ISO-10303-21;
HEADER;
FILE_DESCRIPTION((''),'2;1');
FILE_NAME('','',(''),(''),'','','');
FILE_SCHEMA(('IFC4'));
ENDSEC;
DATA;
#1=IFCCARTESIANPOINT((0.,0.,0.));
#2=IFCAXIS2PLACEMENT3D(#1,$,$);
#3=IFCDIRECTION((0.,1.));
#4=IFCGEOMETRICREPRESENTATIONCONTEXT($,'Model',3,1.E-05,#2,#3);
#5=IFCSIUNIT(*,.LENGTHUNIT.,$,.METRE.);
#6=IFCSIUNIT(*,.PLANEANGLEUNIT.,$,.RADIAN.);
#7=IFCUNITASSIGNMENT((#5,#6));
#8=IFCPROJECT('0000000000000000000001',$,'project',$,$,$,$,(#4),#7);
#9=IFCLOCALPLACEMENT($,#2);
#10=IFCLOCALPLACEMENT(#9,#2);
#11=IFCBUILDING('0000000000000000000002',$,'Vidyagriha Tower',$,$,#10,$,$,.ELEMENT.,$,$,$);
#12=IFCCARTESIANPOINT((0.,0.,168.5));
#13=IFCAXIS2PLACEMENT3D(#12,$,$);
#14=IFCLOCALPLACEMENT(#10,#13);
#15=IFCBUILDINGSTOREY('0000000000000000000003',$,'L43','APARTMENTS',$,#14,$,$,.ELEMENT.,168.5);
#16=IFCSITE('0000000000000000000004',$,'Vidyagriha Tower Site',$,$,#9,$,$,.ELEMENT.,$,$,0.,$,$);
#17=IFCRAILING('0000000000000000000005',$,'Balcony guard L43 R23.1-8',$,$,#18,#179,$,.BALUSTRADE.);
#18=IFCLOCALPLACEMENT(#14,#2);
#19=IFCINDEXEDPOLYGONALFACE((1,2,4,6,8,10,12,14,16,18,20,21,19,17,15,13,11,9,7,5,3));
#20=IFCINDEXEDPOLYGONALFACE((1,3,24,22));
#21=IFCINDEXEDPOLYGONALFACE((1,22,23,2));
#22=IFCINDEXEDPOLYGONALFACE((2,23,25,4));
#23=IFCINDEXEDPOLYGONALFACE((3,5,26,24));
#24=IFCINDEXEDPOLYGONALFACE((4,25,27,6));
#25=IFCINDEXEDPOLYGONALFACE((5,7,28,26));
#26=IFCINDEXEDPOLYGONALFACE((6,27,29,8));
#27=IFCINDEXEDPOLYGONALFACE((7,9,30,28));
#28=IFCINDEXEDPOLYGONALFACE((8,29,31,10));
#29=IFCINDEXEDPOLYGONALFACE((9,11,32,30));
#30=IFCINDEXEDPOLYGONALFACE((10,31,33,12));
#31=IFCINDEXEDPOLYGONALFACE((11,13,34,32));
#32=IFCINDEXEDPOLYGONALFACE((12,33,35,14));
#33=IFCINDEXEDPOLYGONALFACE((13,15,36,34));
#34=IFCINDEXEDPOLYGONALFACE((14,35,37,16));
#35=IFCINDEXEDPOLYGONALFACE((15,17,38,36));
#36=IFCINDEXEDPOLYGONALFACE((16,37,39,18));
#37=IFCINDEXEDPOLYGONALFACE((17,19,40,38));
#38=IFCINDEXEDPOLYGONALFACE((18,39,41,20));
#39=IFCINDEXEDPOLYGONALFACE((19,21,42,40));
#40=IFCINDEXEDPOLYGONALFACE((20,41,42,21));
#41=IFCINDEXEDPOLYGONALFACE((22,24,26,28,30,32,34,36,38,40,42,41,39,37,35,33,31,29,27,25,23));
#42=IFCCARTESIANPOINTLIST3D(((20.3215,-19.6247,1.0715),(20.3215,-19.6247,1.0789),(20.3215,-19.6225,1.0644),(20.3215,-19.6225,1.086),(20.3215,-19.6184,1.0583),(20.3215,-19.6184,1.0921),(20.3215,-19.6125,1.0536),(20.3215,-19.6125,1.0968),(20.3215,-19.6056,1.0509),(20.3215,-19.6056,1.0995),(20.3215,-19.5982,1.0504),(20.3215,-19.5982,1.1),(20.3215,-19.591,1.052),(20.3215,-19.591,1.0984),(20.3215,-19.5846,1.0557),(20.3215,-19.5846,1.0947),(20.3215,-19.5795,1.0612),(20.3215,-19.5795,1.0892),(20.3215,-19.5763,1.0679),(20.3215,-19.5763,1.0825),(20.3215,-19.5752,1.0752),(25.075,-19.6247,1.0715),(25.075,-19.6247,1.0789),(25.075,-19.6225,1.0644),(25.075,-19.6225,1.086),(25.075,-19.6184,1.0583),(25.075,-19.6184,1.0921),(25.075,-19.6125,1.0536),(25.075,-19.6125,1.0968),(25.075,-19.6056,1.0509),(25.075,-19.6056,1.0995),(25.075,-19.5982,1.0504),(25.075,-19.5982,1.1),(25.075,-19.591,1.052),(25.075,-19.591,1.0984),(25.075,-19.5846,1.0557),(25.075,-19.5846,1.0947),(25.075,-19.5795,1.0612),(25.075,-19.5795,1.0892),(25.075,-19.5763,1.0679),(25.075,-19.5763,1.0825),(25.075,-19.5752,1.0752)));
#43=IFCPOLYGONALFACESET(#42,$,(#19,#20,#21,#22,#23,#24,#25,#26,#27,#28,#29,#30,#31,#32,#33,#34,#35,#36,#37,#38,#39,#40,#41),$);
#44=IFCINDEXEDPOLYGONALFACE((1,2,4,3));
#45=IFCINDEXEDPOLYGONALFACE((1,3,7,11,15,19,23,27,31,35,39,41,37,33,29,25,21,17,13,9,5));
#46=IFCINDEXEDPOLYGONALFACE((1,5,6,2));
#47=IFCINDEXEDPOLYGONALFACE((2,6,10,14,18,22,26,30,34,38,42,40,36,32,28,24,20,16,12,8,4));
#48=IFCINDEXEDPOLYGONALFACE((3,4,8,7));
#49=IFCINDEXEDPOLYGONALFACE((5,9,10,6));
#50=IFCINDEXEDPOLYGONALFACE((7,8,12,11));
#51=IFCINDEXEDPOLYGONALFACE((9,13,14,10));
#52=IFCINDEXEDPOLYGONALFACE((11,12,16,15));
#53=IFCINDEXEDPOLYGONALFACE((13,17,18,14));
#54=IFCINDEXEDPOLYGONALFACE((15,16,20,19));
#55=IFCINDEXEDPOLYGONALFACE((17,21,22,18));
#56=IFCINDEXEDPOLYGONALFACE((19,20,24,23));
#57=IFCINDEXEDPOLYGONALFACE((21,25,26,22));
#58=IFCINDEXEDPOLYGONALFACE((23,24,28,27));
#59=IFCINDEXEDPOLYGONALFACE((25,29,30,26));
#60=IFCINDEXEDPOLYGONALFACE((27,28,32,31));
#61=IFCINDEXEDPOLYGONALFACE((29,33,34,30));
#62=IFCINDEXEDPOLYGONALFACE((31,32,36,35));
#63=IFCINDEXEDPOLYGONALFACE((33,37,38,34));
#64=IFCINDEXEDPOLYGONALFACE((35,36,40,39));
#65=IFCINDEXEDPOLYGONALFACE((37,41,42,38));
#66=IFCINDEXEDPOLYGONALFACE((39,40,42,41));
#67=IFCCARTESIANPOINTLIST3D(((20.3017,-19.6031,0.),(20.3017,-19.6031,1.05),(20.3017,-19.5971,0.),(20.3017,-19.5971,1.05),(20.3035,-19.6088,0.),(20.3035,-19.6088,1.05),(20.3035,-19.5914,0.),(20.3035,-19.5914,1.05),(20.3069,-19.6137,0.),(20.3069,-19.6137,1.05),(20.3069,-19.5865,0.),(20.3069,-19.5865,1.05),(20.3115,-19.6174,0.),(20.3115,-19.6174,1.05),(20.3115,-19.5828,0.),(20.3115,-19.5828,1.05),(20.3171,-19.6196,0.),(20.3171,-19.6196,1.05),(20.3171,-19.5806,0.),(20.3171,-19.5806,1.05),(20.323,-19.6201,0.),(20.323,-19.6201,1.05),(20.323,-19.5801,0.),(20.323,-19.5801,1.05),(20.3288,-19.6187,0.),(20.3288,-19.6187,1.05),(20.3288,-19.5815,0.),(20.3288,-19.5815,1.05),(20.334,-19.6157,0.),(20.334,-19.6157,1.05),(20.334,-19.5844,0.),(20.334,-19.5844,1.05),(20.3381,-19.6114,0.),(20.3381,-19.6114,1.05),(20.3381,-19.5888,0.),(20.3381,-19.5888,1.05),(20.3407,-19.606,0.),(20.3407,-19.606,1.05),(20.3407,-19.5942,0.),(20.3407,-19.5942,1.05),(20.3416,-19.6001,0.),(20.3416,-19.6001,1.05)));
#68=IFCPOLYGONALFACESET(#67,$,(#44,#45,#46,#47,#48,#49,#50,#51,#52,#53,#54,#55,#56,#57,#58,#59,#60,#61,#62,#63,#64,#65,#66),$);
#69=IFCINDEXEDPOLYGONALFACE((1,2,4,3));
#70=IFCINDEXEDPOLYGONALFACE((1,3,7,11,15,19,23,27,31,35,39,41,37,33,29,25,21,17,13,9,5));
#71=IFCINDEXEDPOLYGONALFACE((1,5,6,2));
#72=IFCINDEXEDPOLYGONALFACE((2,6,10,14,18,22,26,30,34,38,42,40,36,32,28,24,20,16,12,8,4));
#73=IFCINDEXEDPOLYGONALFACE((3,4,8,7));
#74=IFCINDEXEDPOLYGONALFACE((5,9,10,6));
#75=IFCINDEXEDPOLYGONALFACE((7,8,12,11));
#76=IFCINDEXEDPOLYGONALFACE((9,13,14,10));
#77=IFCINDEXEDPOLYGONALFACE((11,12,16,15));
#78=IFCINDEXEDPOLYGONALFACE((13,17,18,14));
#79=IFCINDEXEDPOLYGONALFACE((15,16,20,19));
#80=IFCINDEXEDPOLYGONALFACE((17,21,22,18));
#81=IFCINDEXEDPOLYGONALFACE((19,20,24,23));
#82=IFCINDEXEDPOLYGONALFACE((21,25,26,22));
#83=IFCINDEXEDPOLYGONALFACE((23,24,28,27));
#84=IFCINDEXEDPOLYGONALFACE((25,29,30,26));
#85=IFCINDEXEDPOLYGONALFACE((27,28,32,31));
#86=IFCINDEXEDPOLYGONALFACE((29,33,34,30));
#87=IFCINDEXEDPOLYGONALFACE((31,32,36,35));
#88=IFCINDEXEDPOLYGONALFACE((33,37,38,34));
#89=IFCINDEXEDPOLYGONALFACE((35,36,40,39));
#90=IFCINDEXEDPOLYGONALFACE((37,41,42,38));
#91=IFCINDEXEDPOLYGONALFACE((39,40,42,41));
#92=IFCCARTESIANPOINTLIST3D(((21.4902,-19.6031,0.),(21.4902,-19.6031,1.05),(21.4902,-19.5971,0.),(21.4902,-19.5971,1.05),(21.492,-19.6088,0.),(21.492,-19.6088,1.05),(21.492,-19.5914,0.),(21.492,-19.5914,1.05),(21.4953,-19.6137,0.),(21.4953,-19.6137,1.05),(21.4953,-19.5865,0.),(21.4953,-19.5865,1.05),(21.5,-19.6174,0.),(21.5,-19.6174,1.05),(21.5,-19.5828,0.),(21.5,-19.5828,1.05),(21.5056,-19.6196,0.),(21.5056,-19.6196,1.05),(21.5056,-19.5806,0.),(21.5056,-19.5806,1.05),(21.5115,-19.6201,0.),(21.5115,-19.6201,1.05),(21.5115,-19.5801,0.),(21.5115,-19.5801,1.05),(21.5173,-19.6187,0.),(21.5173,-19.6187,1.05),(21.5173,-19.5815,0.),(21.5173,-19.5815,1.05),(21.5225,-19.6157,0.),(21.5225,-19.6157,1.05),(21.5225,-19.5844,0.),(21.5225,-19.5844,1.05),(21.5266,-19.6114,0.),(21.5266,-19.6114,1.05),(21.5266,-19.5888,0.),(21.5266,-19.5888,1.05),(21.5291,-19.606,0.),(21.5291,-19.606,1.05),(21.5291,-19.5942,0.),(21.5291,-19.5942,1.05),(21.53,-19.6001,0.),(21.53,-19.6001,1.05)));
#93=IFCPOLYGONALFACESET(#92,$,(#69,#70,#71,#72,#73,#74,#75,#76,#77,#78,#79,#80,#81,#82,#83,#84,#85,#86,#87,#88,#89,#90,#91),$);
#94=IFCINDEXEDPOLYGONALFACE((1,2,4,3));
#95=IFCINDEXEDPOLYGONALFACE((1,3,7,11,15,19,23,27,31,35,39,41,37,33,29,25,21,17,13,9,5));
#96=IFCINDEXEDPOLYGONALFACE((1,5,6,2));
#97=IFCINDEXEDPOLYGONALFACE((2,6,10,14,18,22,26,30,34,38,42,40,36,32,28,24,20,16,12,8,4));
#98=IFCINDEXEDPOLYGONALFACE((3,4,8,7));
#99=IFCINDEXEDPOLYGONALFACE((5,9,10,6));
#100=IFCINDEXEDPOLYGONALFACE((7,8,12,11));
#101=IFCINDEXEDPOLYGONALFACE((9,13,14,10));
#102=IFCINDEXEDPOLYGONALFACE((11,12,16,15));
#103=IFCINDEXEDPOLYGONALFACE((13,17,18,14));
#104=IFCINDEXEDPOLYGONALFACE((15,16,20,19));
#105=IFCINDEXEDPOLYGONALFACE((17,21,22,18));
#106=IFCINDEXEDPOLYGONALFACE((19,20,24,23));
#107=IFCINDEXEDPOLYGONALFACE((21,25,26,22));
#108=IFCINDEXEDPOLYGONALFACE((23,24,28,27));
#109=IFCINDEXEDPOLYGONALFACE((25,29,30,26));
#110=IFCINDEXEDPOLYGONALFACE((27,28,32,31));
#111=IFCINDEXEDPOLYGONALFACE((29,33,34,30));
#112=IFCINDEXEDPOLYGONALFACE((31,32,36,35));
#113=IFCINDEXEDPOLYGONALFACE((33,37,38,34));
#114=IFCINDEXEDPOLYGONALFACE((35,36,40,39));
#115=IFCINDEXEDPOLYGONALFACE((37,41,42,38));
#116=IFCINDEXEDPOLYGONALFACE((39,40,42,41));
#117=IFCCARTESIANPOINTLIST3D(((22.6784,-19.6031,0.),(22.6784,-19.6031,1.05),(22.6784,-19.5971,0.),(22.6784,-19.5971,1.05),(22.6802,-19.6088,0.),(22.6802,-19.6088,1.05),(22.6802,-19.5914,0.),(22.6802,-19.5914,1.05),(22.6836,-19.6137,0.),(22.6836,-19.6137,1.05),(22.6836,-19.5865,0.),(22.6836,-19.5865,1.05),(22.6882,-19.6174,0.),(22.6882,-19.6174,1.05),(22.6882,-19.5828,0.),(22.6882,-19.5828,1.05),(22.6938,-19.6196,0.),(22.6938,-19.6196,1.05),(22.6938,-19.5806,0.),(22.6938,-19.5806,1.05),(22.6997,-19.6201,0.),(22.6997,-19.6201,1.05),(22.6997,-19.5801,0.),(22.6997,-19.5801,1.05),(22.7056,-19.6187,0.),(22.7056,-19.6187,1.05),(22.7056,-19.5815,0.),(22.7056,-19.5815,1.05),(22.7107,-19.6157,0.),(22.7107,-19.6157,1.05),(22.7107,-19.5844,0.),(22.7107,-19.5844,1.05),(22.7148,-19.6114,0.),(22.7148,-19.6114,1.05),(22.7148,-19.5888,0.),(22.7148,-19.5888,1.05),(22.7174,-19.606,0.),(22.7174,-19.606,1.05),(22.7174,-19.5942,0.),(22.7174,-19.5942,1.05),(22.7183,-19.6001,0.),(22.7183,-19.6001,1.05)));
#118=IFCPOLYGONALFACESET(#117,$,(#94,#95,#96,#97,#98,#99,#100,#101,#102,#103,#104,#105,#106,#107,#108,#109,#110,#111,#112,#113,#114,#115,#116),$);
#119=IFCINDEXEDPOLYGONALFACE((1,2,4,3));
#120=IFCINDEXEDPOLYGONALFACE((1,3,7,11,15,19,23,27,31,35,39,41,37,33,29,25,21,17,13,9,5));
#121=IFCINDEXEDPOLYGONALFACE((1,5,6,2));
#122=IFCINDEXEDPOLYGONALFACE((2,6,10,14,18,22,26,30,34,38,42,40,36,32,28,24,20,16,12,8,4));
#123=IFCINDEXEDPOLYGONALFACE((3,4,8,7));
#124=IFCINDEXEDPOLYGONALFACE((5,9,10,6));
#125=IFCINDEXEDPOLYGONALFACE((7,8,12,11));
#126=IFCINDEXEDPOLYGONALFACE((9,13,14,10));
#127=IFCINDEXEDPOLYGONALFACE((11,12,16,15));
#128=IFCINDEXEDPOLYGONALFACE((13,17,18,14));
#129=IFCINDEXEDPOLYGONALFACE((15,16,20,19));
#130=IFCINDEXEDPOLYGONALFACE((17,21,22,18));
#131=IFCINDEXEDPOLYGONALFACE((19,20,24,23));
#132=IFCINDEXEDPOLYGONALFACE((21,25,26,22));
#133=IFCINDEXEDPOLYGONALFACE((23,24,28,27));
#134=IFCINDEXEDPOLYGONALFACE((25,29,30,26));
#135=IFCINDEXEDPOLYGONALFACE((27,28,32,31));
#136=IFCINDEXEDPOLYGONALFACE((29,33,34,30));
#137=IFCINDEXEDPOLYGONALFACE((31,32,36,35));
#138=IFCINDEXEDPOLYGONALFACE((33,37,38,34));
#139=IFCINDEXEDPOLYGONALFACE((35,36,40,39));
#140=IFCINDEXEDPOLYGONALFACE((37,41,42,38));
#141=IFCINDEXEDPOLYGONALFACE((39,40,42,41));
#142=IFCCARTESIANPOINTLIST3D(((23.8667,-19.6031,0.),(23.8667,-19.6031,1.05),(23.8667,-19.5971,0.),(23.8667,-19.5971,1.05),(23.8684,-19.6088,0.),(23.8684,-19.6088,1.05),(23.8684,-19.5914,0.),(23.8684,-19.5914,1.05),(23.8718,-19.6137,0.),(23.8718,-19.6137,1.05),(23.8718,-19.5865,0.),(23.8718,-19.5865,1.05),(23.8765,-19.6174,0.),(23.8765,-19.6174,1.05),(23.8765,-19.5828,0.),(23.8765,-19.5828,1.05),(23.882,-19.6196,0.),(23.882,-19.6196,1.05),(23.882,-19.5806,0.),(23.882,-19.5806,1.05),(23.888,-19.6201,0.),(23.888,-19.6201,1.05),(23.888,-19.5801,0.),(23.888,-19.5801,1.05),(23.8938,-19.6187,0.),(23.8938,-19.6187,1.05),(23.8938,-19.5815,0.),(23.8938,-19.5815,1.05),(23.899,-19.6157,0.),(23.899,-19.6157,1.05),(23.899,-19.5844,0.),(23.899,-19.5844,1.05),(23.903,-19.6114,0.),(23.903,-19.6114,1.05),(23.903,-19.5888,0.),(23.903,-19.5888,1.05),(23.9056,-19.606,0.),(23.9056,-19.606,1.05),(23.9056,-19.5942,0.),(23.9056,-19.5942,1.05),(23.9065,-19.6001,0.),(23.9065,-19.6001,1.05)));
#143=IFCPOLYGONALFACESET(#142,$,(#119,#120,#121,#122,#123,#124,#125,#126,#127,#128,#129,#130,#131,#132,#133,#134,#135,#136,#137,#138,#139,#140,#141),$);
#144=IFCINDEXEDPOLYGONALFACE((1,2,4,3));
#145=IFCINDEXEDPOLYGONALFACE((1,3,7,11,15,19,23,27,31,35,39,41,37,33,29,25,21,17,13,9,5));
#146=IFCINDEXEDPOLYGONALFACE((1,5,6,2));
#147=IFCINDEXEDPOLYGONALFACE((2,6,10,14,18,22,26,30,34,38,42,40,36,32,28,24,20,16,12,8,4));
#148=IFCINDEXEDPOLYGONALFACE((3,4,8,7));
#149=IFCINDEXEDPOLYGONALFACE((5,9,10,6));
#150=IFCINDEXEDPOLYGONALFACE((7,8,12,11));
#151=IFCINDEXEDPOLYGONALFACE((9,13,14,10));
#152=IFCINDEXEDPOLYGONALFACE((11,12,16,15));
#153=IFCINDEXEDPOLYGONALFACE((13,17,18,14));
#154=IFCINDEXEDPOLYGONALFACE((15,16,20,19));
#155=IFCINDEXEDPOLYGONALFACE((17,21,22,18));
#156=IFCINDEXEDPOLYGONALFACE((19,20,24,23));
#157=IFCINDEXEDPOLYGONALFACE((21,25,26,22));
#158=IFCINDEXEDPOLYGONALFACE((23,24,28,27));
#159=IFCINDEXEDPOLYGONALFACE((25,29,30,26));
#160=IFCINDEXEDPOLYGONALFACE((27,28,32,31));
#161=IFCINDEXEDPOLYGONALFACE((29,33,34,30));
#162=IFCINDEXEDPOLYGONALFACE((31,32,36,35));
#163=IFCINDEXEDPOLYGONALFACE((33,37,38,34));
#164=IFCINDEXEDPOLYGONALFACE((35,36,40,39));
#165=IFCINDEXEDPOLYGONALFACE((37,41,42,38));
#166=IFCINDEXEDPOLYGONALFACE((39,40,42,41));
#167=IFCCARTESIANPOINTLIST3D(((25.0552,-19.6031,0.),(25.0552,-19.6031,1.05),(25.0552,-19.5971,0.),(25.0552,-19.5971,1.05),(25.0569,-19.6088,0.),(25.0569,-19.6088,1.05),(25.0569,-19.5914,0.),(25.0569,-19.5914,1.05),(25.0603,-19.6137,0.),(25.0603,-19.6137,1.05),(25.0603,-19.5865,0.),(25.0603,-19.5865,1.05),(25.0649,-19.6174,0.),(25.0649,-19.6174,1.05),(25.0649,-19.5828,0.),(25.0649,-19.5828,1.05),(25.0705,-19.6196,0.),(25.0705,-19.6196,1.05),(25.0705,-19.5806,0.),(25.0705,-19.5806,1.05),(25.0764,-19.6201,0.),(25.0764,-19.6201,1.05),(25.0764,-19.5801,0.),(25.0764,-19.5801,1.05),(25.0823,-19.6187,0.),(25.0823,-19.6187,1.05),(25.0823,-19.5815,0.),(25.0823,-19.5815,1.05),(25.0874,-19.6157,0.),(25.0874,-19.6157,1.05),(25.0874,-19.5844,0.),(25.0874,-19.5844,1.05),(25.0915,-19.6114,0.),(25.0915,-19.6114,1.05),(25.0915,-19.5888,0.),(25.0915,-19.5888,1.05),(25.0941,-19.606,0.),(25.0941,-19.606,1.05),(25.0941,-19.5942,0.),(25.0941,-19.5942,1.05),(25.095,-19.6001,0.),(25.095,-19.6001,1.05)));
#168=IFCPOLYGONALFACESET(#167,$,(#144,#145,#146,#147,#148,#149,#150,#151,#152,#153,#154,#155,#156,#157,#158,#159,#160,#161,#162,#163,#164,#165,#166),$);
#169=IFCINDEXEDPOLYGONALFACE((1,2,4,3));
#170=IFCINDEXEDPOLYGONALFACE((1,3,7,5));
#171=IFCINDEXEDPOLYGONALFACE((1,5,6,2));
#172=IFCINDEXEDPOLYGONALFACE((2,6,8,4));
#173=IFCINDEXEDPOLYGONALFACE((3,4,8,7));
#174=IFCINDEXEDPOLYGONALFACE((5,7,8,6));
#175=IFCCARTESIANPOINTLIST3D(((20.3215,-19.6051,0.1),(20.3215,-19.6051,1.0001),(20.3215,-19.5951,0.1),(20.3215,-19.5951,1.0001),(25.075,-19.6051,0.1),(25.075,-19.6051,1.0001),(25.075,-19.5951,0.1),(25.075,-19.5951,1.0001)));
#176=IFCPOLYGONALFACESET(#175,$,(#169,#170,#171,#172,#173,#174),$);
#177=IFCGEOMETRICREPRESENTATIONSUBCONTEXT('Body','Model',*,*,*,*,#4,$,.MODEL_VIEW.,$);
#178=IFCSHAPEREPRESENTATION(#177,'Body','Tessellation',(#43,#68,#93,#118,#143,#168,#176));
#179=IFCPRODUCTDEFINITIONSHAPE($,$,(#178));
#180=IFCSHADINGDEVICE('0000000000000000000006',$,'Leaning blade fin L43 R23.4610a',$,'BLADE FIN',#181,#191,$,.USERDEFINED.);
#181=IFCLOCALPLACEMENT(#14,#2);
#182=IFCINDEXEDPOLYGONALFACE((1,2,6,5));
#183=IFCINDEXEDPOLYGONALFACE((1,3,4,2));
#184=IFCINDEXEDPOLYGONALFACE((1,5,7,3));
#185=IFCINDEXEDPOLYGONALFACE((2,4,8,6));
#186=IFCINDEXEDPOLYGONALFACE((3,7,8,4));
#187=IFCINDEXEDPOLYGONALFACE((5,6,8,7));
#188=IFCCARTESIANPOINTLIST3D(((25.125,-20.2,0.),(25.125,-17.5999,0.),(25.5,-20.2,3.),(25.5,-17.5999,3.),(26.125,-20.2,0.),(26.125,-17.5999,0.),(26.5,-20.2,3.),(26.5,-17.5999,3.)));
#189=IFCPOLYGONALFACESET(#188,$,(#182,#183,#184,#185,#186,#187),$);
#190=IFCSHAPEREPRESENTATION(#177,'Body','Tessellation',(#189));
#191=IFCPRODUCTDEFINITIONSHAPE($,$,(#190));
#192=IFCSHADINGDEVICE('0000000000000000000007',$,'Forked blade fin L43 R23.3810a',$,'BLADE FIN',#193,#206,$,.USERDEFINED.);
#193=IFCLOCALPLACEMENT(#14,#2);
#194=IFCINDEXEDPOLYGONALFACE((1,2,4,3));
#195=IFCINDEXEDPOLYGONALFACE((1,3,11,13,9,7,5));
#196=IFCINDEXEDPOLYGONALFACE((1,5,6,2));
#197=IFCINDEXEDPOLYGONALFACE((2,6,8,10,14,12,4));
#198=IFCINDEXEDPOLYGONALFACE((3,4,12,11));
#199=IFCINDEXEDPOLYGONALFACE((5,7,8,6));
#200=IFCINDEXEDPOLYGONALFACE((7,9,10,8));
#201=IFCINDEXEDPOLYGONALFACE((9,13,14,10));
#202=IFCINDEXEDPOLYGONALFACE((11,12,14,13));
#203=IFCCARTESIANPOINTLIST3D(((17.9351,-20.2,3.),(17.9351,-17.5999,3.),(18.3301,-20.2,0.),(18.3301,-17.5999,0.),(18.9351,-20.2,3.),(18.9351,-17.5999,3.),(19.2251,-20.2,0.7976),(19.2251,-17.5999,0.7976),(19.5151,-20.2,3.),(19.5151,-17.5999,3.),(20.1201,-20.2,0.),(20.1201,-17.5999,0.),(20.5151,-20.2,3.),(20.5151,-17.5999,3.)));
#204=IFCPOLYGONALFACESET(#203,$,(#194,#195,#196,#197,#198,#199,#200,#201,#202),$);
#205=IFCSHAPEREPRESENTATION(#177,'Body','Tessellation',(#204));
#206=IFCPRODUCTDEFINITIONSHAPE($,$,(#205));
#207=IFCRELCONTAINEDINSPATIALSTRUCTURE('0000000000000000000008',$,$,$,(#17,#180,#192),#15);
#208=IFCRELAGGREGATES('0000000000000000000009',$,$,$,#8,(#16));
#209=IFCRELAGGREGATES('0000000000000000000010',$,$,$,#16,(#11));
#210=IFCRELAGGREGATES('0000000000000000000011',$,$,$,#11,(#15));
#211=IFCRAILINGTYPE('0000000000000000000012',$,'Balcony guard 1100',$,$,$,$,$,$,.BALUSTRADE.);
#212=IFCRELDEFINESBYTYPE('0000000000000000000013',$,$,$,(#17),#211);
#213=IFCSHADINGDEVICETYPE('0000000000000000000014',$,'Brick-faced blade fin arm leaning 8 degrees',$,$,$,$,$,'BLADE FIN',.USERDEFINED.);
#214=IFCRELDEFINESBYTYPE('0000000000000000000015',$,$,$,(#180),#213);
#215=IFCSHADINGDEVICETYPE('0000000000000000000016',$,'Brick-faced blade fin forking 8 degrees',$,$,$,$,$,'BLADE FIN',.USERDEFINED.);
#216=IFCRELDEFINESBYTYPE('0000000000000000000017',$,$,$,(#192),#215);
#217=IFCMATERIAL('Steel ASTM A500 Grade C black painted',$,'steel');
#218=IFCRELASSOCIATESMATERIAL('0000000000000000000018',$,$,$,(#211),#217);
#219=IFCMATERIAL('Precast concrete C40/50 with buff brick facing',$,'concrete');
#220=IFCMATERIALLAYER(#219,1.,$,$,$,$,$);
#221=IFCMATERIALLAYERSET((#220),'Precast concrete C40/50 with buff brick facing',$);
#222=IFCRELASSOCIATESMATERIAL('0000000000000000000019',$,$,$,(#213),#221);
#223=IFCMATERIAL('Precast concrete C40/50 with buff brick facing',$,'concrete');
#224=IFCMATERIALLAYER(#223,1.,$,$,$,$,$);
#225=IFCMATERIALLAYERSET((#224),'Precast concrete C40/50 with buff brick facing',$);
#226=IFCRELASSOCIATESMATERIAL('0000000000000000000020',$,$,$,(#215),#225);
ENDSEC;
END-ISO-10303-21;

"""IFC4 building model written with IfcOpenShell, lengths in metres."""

from ifc_helpers import new_model, si_unit, direction, frame, origin, origin_2d, place, context, subcontext, project, spatial, polyline, rectangle, circle, outline, extrude, material, layer, layer_set, type_object, element, save


model = new_model("IFC4")

# Units and contexts
model_context = context("Model", 3, precision=1e-05, world=origin(), true_north=direction((0.0, 1.0)))
body_context = subcontext(model_context, "Body", "Model", "MODEL_VIEW")
ifc_project = project(units=[si_unit("LENGTHUNIT", "METRE"), si_unit("PLANEANGLEUNIT", "RADIAN")], contexts=[model_context])

# Site, building, storey
site_placement = place(None, origin())
site = spatial("IfcSite", under=ifc_project, at=site_placement, Name="Vidyagriha Tower Site", CompositionType="ELEMENT", RefElevation=0.0)
building_placement = place(site_placement, origin())
building = spatial("IfcBuilding", under=site, at=building_placement, Name="Vidyagriha Tower", CompositionType="ELEMENT")
storey_placement = place(building_placement, frame((0.0, 0.0, 168.5)))
storey = spatial("IfcBuildingStorey", under=building, at=storey_placement, Name="L43", Description="APARTMENTS", CompositionType="ELEMENT", Elevation=168.5)

# Railing
ifc_material_1 = material(Name="Steel ASTM A500 Grade C black painted", Category="steel")
railing_type = type_object("IfcRailingType", Name="Balcony guard 1100", PredefinedType="BALUSTRADE", material=ifc_material_1)
railing_placement = place(storey_placement, frame((20.3215, -19.6001, 0.0)))
element("IfcRailing", 1, at=railing_placement, inside=storey, type_object=railing_type, Name="Balcony guard L43 R23.1-8", PredefinedType="BALUSTRADE", context=body_context, shape_type="SweptSolid", body=[
    extrude(circle(Radius=0.0249, at=origin_2d()), frame((0.0, 0.0, 1.0752), z_axis=(1.0, 0.0, 0.0), x_axis=(0.0, 1.0, 0.0)), (0.0, 0.0, 1.0), 4.7534),
    extrude(circle(Radius=0.02, at=origin_2d()), origin(), (0.0, 0.0, 1.0), 1.05),
    extrude(circle(Radius=0.02, at=origin_2d()), frame((1.1885, 0.0, 0.0)), (0.0, 0.0, 1.0), 1.05),
    extrude(circle(Radius=0.02, at=origin_2d()), frame((2.3767, 0.0, 0.0)), (0.0, 0.0, 1.0), 1.05),
    extrude(circle(Radius=0.02, at=origin_2d()), frame((3.5649, 0.0, 0.0)), (0.0, 0.0, 1.0), 1.05),
    extrude(circle(Radius=0.02, at=origin_2d()), frame((4.7534, 0.0, 0.0)), (0.0, 0.0, 1.0), 1.05),
    extrude(rectangle(XDim=0.01, YDim=0.9001, at=origin_2d()), frame((0.0, 0.0, 0.55), z_axis=(1.0, 0.0, 0.0), x_axis=(0.0, 1.0, 0.0)), (0.0, 0.0, 1.0), 4.7534),
])

# Shading devices
ifc_material_2 = material(Name="Precast concrete C40/50 with buff brick facing", Category="concrete")
ifc_layer_1 = layer(ifc_material_2, 1.0)
ifc_layer_set_1 = layer_set([ifc_layer_1], Name="Precast concrete C40/50 with buff brick facing")
shading_device_type_1 = type_object("IfcShadingDeviceType", Name="Brick-faced blade fin arm leaning 8 degrees", ElementType="BLADE FIN", PredefinedType="USERDEFINED", material=ifc_layer_set_1)
shading_device_1_placement = place(storey_placement, frame((25.125, -18.8999, 0.0)))
element("IfcShadingDevice", 2, at=shading_device_1_placement, inside=storey, type_object=shading_device_type_1, Name="Leaning blade fin L43 R23.4610a", ObjectType="BLADE FIN", PredefinedType="USERDEFINED", context=body_context, shape_type="SweptSolid", body=[
    extrude(outline(polyline([(0.0, 0.0), (1.0, 0.0), (1.375, 3.0), (0.375, 3.0), (0.0, 0.0)])), frame((0.0, 1.3, 0.0), z_axis=(0.0, -1.0, 0.0), x_axis=(1.0, 0.0, 0.0)), (0.0, 0.0, 1.0), 2.6001),
])
ifc_material_3 = material(Name="Precast concrete C40/50 with buff brick facing", Category="concrete")
ifc_layer_2 = layer(ifc_material_3, 1.0)
ifc_layer_set_2 = layer_set([ifc_layer_2], Name="Precast concrete C40/50 with buff brick facing")
shading_device_type_2 = type_object("IfcShadingDeviceType", Name="Brick-faced blade fin forking 8 degrees", ElementType="BLADE FIN", PredefinedType="USERDEFINED", material=ifc_layer_set_2)
shading_device_2_placement = place(storey_placement, frame((17.9351, -18.8999, 0.0)))
element("IfcShadingDevice", 3, at=shading_device_2_placement, inside=storey, type_object=shading_device_type_2, Name="Forked blade fin L43 R23.3810a", ObjectType="BLADE FIN", PredefinedType="USERDEFINED", context=body_context, shape_type="SweptSolid", body=[
    extrude(outline(polyline([(0.395, 0.0), (2.1851, 0.0), (2.5801, 3.0), (1.5801, 3.0), (1.29, 0.7976), (1.0, 3.0), (0.0, 3.0), (0.395, 0.0)])), frame((0.0, 1.3, 0.0), z_axis=(0.0, -1.0, 0.0), x_axis=(1.0, 0.0, 0.0)), (0.0, 0.0, 1.0), 2.6001),
])

save(model, "model.ifc")
